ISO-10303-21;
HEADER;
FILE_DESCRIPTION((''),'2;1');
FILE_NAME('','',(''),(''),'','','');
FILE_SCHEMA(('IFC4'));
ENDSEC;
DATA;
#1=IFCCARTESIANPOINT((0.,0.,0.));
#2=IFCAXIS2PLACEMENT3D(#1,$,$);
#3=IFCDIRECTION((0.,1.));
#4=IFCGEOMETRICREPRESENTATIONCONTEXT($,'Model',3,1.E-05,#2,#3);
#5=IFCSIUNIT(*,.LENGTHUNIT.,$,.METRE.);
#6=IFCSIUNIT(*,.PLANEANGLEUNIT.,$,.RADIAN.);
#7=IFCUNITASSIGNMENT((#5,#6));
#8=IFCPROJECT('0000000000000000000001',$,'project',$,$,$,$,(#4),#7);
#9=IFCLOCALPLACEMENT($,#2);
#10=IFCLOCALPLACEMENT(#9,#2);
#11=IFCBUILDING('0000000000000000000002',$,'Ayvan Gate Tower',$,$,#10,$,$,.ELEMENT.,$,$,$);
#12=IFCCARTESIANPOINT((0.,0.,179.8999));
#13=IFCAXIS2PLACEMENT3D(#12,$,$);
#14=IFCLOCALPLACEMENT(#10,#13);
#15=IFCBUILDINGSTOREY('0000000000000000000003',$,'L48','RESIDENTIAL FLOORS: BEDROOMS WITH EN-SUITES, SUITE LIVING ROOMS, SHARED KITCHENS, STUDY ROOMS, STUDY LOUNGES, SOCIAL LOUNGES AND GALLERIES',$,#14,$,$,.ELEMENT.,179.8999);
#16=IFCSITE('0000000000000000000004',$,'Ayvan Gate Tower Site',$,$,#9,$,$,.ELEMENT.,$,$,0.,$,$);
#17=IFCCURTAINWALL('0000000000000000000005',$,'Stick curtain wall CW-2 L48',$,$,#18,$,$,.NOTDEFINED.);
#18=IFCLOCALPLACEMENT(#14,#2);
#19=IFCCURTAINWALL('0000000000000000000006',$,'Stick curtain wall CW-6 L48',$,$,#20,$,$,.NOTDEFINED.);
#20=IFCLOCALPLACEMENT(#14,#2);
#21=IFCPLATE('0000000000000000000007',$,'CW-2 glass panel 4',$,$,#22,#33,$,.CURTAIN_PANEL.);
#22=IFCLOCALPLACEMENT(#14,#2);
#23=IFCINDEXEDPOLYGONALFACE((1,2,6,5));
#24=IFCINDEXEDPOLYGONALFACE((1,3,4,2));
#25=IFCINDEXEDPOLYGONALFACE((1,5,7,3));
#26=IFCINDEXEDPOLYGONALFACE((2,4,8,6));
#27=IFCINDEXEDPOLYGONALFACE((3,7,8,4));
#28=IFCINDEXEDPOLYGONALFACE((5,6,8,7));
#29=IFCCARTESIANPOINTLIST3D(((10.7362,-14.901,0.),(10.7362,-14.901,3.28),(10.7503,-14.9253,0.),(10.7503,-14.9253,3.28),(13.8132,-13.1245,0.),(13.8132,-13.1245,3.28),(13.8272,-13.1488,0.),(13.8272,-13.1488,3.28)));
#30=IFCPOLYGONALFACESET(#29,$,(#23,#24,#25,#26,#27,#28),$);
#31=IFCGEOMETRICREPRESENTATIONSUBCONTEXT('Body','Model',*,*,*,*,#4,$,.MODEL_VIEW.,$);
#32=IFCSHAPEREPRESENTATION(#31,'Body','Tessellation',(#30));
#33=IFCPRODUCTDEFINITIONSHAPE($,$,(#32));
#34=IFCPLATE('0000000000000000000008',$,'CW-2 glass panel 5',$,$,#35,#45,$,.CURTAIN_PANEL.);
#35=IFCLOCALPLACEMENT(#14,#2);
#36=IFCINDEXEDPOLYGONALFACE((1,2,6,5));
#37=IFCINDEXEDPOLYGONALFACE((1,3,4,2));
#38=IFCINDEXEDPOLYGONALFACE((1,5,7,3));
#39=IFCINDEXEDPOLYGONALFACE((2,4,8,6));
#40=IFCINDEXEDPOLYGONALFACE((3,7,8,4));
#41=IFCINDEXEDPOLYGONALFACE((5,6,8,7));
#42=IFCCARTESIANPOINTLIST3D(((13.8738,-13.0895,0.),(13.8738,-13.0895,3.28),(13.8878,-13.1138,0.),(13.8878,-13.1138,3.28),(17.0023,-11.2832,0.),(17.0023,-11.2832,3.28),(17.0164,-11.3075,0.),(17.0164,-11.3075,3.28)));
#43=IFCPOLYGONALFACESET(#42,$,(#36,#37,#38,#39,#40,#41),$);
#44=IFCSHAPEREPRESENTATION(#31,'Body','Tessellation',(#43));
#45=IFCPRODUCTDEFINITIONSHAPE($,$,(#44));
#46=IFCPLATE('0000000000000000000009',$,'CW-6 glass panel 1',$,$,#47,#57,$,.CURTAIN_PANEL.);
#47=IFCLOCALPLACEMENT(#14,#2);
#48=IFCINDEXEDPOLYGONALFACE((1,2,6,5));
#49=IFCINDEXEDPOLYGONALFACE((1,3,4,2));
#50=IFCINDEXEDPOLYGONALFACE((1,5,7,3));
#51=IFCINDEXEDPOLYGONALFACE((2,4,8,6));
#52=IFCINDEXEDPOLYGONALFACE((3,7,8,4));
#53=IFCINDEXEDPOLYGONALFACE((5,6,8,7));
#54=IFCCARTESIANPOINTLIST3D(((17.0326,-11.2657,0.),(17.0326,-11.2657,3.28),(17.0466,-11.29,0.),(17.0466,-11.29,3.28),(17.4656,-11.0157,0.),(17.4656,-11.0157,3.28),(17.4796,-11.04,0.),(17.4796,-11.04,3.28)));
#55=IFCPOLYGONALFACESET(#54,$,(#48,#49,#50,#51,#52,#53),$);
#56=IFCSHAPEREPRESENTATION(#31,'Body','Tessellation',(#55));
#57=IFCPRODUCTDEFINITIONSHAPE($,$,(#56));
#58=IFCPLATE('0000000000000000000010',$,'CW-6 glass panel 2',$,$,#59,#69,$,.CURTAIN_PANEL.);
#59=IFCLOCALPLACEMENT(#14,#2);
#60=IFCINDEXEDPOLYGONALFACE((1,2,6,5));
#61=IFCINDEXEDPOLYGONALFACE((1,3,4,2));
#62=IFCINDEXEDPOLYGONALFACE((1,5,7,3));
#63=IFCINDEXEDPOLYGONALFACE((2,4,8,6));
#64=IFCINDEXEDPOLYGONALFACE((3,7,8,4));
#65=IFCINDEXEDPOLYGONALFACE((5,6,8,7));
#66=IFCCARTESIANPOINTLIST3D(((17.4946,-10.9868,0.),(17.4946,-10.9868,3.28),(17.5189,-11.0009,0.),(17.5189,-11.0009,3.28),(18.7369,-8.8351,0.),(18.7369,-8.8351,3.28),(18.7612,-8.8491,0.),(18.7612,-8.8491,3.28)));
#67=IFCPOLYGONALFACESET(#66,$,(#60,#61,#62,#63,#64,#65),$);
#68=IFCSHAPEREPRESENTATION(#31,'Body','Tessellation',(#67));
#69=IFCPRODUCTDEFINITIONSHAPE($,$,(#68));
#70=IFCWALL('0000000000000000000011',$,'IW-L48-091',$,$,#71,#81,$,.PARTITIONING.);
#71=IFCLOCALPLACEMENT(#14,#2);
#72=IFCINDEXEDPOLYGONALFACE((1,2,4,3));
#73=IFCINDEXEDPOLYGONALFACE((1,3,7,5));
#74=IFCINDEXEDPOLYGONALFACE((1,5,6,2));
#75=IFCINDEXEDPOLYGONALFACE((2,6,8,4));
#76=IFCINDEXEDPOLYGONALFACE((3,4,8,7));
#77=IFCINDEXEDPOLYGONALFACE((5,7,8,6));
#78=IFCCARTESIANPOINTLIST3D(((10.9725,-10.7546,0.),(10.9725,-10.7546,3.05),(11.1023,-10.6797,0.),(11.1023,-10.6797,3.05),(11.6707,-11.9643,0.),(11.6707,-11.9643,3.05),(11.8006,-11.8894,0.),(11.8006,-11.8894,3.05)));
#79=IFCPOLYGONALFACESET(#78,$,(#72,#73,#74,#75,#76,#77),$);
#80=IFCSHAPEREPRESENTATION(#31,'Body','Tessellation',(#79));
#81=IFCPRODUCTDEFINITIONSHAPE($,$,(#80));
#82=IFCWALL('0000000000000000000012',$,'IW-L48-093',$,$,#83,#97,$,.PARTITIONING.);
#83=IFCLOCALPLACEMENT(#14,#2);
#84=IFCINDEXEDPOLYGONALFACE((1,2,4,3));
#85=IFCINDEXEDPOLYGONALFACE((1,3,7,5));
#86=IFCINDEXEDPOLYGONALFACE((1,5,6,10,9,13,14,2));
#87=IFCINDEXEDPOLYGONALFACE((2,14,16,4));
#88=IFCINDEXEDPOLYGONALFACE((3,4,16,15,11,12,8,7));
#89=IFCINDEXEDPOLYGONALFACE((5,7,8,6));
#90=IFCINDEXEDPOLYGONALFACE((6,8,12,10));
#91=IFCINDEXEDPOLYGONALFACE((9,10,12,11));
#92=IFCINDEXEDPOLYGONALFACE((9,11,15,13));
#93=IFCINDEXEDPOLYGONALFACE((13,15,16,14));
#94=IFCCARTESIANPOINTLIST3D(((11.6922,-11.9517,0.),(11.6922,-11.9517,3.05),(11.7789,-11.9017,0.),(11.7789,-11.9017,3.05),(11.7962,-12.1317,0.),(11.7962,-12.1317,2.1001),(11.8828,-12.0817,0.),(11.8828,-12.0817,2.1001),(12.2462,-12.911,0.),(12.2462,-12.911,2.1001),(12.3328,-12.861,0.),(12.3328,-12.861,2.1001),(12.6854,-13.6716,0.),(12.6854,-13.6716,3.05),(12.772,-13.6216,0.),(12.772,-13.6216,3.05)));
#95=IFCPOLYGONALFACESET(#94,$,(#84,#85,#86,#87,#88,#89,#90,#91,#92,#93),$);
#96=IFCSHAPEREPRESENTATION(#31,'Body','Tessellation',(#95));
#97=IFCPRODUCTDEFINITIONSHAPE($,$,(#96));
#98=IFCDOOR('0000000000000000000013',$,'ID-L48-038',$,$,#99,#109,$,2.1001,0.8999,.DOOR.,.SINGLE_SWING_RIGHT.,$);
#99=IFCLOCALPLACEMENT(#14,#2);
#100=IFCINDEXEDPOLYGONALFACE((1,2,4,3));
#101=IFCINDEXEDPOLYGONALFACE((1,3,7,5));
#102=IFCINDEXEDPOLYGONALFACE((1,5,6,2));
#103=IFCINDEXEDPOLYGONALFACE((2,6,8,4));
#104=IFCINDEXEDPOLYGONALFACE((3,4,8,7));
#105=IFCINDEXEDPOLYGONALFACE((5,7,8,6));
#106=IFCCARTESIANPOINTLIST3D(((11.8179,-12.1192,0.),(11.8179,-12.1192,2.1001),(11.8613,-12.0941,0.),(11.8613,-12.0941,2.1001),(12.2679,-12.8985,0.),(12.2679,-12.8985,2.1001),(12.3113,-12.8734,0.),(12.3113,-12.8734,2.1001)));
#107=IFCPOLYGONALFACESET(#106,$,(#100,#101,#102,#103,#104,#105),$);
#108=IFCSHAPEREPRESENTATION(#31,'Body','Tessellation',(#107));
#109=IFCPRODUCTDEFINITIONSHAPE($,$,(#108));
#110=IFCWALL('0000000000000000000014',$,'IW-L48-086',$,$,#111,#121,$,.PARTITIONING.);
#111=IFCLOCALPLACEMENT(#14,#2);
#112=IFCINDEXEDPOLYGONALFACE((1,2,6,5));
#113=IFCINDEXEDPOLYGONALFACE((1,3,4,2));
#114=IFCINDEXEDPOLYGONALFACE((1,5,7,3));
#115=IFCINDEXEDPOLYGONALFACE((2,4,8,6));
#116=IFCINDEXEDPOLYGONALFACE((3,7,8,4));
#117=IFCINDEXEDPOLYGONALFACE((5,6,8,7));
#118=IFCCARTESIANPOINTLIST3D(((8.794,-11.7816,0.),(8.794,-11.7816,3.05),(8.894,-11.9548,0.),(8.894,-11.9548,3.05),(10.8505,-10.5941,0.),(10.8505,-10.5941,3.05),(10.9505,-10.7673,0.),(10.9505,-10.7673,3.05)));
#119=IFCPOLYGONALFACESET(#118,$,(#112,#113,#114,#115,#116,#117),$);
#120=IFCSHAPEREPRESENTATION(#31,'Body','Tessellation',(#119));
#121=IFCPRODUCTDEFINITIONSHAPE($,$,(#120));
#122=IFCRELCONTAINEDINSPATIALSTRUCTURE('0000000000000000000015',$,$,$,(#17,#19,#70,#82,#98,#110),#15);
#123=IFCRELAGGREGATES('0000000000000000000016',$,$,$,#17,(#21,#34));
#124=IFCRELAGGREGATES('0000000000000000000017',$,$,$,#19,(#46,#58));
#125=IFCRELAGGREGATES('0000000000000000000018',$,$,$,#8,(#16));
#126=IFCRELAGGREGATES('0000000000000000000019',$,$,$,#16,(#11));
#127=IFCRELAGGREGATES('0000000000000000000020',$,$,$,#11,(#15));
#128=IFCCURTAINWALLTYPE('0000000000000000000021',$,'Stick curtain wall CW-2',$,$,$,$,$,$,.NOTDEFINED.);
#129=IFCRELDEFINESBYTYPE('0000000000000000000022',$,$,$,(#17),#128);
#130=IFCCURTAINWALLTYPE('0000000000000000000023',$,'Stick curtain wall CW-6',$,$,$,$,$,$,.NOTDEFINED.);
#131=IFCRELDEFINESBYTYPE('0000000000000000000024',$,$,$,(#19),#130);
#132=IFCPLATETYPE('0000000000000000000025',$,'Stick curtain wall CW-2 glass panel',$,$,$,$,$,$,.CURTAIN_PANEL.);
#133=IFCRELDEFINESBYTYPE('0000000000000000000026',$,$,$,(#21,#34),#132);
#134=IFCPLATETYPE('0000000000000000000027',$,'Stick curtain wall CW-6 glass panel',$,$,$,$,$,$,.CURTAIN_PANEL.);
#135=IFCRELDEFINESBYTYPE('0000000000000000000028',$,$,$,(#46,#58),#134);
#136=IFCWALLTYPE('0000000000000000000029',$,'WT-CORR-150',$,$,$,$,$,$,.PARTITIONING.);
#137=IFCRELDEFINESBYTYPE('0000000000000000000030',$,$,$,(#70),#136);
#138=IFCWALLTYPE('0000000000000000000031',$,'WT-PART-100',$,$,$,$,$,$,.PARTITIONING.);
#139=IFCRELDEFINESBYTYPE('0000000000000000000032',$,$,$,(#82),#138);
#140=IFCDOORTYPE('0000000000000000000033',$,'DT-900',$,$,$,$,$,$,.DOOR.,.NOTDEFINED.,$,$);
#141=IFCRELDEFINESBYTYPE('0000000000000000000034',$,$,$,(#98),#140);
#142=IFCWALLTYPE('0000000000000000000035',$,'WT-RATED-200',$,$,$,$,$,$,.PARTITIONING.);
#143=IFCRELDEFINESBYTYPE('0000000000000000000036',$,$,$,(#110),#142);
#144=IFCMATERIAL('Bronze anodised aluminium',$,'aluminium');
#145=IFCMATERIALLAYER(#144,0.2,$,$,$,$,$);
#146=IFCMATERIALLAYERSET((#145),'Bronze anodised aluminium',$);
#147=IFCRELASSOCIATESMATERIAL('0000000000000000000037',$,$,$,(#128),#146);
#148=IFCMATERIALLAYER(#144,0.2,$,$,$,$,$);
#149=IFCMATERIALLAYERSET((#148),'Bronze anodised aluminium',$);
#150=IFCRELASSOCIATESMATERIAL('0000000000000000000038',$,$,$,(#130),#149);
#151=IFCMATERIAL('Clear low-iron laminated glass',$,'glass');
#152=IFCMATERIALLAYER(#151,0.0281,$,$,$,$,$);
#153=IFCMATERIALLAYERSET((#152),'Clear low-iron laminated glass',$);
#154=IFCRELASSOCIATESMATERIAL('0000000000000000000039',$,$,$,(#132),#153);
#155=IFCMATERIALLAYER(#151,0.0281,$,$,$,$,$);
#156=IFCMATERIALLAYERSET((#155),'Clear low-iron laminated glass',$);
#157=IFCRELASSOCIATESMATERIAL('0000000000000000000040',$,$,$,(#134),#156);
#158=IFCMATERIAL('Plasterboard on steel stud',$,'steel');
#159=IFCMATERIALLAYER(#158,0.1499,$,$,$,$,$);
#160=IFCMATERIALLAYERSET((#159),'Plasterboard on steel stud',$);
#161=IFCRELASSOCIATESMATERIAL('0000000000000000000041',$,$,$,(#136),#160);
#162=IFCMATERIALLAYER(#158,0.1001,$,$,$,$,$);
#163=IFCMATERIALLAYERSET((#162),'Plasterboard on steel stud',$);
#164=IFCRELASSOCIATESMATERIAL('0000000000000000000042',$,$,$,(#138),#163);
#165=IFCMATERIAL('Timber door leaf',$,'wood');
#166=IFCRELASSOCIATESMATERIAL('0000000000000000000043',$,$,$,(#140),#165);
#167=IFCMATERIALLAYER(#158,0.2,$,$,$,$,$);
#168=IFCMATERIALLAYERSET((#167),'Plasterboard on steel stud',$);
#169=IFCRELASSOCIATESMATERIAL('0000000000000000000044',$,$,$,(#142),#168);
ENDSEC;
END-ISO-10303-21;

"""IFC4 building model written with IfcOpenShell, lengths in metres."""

from ifc_helpers import new_model, si_unit, direction, frame, frame_2d, origin, origin_2d, place, context, subcontext, project, spatial, rectangle, extrude, material, layer, layer_set, type_object, element, fill, aggregate, save


model = new_model("IFC4")

# Units and contexts
model_context = context("Model", 3, precision=1e-05, world=origin(), true_north=direction((0.0, 1.0)))
body_context = subcontext(model_context, "Body", "Model", "MODEL_VIEW")
ifc_project = project(units=[si_unit("LENGTHUNIT", "METRE"), si_unit("PLANEANGLEUNIT", "RADIAN")], contexts=[model_context])

# Site, building, storey
site_placement = place(None, origin())
site = spatial("IfcSite", under=ifc_project, at=site_placement, Name="Ayvan Gate Tower Site", CompositionType="ELEMENT", RefElevation=0.0)
building_placement = place(site_placement, origin())
building = spatial("IfcBuilding", under=site, at=building_placement, Name="Ayvan Gate Tower", CompositionType="ELEMENT")
storey_placement = place(building_placement, frame((0.0, 0.0, 179.8999)))
storey = spatial("IfcBuildingStorey", under=building, at=storey_placement, Name="L48", Description="RESIDENTIAL FLOORS: BEDROOMS WITH EN-SUITES, SUITE LIVING ROOMS, SHARED KITCHENS, STUDY ROOMS, STUDY LOUNGES, SOCIAL LOUNGES AND GALLERIES", CompositionType="ELEMENT", Elevation=179.8999)

# Curtain walls
ifc_material_1 = material(Name="Bronze anodised aluminium", Category="aluminium")
ifc_layer_1 = layer(ifc_material_1, 0.2)
ifc_layer_set_1 = layer_set([ifc_layer_1], Name="Bronze anodised aluminium")
curtain_wall_type_1 = type_object("IfcCurtainWallType", Name="Stick curtain wall CW-2", PredefinedType="NOTDEFINED", material=ifc_layer_set_1)
curtain_wall_1_placement = place(storey_placement, origin())
curtain_wall_1 = element("IfcCurtainWall", 1, at=curtain_wall_1_placement, inside=storey, type_object=curtain_wall_type_1, Name="Stick curtain wall CW-2 L48", PredefinedType="NOTDEFINED")
ifc_layer_2 = layer(ifc_material_1, 0.2)
ifc_layer_set_2 = layer_set([ifc_layer_2], Name="Bronze anodised aluminium")
curtain_wall_type_2 = type_object("IfcCurtainWallType", Name="Stick curtain wall CW-6", PredefinedType="NOTDEFINED", material=ifc_layer_set_2)
curtain_wall_2_placement = place(storey_placement, origin())
curtain_wall_2 = element("IfcCurtainWall", 2, at=curtain_wall_2_placement, inside=storey, type_object=curtain_wall_type_2, Name="Stick curtain wall CW-6 L48", PredefinedType="NOTDEFINED")

# Plates
ifc_material_2 = material(Name="Clear low-iron laminated glass", Category="glass")
ifc_layer_3 = layer(ifc_material_2, 0.0281)
ifc_layer_set_3 = layer_set([ifc_layer_3], Name="Clear low-iron laminated glass")
plate_type_1 = type_object("IfcPlateType", Name="Stick curtain wall CW-2 glass panel", PredefinedType="CURTAIN_PANEL", material=ifc_layer_set_3)
plate_1_placement = place(storey_placement, frame((12.2817, -14.0249, 0.0), z_axis=(0.0, 0.0, 1.0), x_axis=(0.866025, 0.5, 0.0)))
plate_1 = element("IfcPlate", 3, at=plate_1_placement, type_object=plate_type_1, Name="CW-2 glass panel 4", PredefinedType="CURTAIN_PANEL", context=body_context, shape_type="SweptSolid", body=[
    extrude(rectangle(XDim=3.553, YDim=0.0281, at=origin_2d()), origin(), (0.0, 0.0, 1.0), 3.28),
])
plate_2_placement = place(storey_placement, frame((15.4451, -12.1985, 0.0), z_axis=(0.0, 0.0, 1.0), x_axis=(0.866025, 0.5, 0.0)))
plate_2 = element("IfcPlate", 4, at=plate_2_placement, type_object=plate_type_1, Name="CW-2 glass panel 5", PredefinedType="CURTAIN_PANEL", context=body_context, shape_type="SweptSolid", body=[
    extrude(rectangle(XDim=3.6125, YDim=0.0281, at=origin_2d()), origin(), (0.0, 0.0, 1.0), 3.28),
])
aggregate(curtain_wall_1, [plate_1, plate_2])
ifc_layer_4 = layer(ifc_material_2, 0.0281)
ifc_layer_set_4 = layer_set([ifc_layer_4], Name="Clear low-iron laminated glass")
plate_type_2 = type_object("IfcPlateType", Name="Stick curtain wall CW-6 glass panel", PredefinedType="CURTAIN_PANEL", material=ifc_layer_set_4)
plate_3_placement = place(storey_placement, frame((17.2561, -11.1528, 0.0), z_axis=(0.0, 0.0, 1.0), x_axis=(0.866025, 0.5, 0.0)))
plate_3 = element("IfcPlate", 5, at=plate_3_placement, type_object=plate_type_2, Name="CW-6 glass panel 1", PredefinedType="CURTAIN_PANEL", context=body_context, shape_type="SweptSolid", body=[
    extrude(rectangle(XDim=0.5, YDim=0.0281, at=origin_2d()), origin(), (0.0, 0.0, 1.0), 3.28),
])
plate_4_placement = place(storey_placement, frame((18.1279, -9.918, 0.0), z_axis=(0.0, 0.0, 1.0), x_axis=(0.5, 0.866025, 0.0)))
plate_4 = element("IfcPlate", 6, at=plate_4_placement, type_object=plate_type_2, Name="CW-6 glass panel 2", PredefinedType="CURTAIN_PANEL", context=body_context, shape_type="SweptSolid", body=[
    extrude(rectangle(XDim=2.4846, YDim=0.0281, at=origin_2d()), origin(), (0.0, 0.0, 1.0), 3.28),
])
aggregate(curtain_wall_2, [plate_3, plate_4])

# Wall
ifc_material_3 = material(Name="Plasterboard on steel stud", Category="steel")
ifc_layer_5 = layer(ifc_material_3, 0.1499)
ifc_layer_set_5 = layer_set([ifc_layer_5], Name="Plasterboard on steel stud")
wall_type_1 = type_object("IfcWallType", Name="WT-CORR-150", PredefinedType="PARTITIONING", material=ifc_layer_set_5)
wall_1_placement = place(storey_placement, frame((11.7356, -11.9268, 0.0), z_axis=(0.0, 0.0, 1.0), x_axis=(-0.499899, 0.866084, 0.0)))
element("IfcWall", 7, at=wall_1_placement, inside=storey, type_object=wall_type_1, Name="IW-L48-091", PredefinedType="PARTITIONING", context=body_context, shape_type="SweptSolid", body=[
    extrude(rectangle(XDim=1.3967, YDim=0.1499, at=frame_2d((0.6982, 0.0))), origin(), (0.0, 0.0, 1.0), 3.05),
])

# Wall, opening, door
ifc_layer_6 = layer(ifc_material_3, 0.1001)
ifc_layer_set_6 = layer_set([ifc_layer_6], Name="Plasterboard on steel stud")
wall_type_2 = type_object("IfcWallType", Name="WT-PART-100", PredefinedType="PARTITIONING", material=ifc_layer_set_6)
wall_2_placement = place(storey_placement, frame((12.7288, -13.6467, 0.0), z_axis=(0.0, 0.0, 1.0), x_axis=(-0.500052, 0.865995, 0.0)))
wall_2 = element("IfcWall", 8, at=wall_2_placement, inside=storey, type_object=wall_type_2, Name="IW-L48-093", PredefinedType="PARTITIONING", context=body_context, shape_type="SweptSolid", body=[
    extrude(rectangle(XDim=1.9861, YDim=0.1001, at=frame_2d((0.9932, 0.0))), origin(), (0.0, 0.0, 1.0), 3.05),
])
opening_placement = place(wall_2_placement, frame((0.8784, 0.0, 0.0)))
opening = element("IfcOpeningElement", 9, at=opening_placement, cuts=wall_2, PredefinedType="OPENING", context=body_context, shape_type="SweptSolid", body=[
    extrude(rectangle(XDim=0.8999, YDim=2.1001, at=frame_2d((0.45, 1.05))), frame((0.0, 0.0601, 0.0), z_axis=(0.0, -1.0, 0.0), x_axis=(1.0, 0.0, 0.0)), (0.0, 0.0, 1.0), 0.1201),
])
ifc_material_4 = material(Name="Timber door leaf", Category="wood")
door_type = type_object("IfcDoorType", Name="DT-900", OperationType="NOTDEFINED", PredefinedType="DOOR", material=ifc_material_4)
door_placement = place(opening_placement, origin())
door = element("IfcDoor", 10, at=door_placement, inside=storey, type_object=door_type, Name="ID-L48-038", OperationType="SINGLE_SWING_RIGHT", OverallHeight=2.1001, OverallWidth=0.8999, PredefinedType="DOOR", context=body_context, shape_type="SweptSolid", body=[
    extrude(rectangle(XDim=0.8999, YDim=2.1001, at=frame_2d((0.45, 1.05))), frame((0.0, 0.0249, 0.0), z_axis=(0.0, -1.0, 0.0), x_axis=(1.0, 0.0, 0.0)), (0.0, 0.0, 1.0), 0.05),
])
fill(opening, door)

# Wall
ifc_layer_7 = layer(ifc_material_3, 0.2)
ifc_layer_set_7 = layer_set([ifc_layer_7], Name="Plasterboard on steel stud")
wall_type_3 = type_object("IfcWallType", Name="WT-RATED-200", PredefinedType="PARTITIONING", material=ifc_layer_set_7)
wall_3_placement = place(storey_placement, frame((10.9006, -10.6807, 0.0), z_axis=(0.0, 0.0, 1.0), x_axis=(-0.866008, -0.500031, 0.0)))
element("IfcWall", 11, at=wall_3_placement, inside=storey, type_object=wall_type_3, Name="IW-L48-086", PredefinedType="PARTITIONING", context=body_context, shape_type="SweptSolid", body=[
    extrude(rectangle(XDim=2.3748, YDim=0.2, at=frame_2d((1.1875, 0.0))), origin(), (0.0, 0.0, 1.0), 3.05),
])

save(model, "model.ifc")
